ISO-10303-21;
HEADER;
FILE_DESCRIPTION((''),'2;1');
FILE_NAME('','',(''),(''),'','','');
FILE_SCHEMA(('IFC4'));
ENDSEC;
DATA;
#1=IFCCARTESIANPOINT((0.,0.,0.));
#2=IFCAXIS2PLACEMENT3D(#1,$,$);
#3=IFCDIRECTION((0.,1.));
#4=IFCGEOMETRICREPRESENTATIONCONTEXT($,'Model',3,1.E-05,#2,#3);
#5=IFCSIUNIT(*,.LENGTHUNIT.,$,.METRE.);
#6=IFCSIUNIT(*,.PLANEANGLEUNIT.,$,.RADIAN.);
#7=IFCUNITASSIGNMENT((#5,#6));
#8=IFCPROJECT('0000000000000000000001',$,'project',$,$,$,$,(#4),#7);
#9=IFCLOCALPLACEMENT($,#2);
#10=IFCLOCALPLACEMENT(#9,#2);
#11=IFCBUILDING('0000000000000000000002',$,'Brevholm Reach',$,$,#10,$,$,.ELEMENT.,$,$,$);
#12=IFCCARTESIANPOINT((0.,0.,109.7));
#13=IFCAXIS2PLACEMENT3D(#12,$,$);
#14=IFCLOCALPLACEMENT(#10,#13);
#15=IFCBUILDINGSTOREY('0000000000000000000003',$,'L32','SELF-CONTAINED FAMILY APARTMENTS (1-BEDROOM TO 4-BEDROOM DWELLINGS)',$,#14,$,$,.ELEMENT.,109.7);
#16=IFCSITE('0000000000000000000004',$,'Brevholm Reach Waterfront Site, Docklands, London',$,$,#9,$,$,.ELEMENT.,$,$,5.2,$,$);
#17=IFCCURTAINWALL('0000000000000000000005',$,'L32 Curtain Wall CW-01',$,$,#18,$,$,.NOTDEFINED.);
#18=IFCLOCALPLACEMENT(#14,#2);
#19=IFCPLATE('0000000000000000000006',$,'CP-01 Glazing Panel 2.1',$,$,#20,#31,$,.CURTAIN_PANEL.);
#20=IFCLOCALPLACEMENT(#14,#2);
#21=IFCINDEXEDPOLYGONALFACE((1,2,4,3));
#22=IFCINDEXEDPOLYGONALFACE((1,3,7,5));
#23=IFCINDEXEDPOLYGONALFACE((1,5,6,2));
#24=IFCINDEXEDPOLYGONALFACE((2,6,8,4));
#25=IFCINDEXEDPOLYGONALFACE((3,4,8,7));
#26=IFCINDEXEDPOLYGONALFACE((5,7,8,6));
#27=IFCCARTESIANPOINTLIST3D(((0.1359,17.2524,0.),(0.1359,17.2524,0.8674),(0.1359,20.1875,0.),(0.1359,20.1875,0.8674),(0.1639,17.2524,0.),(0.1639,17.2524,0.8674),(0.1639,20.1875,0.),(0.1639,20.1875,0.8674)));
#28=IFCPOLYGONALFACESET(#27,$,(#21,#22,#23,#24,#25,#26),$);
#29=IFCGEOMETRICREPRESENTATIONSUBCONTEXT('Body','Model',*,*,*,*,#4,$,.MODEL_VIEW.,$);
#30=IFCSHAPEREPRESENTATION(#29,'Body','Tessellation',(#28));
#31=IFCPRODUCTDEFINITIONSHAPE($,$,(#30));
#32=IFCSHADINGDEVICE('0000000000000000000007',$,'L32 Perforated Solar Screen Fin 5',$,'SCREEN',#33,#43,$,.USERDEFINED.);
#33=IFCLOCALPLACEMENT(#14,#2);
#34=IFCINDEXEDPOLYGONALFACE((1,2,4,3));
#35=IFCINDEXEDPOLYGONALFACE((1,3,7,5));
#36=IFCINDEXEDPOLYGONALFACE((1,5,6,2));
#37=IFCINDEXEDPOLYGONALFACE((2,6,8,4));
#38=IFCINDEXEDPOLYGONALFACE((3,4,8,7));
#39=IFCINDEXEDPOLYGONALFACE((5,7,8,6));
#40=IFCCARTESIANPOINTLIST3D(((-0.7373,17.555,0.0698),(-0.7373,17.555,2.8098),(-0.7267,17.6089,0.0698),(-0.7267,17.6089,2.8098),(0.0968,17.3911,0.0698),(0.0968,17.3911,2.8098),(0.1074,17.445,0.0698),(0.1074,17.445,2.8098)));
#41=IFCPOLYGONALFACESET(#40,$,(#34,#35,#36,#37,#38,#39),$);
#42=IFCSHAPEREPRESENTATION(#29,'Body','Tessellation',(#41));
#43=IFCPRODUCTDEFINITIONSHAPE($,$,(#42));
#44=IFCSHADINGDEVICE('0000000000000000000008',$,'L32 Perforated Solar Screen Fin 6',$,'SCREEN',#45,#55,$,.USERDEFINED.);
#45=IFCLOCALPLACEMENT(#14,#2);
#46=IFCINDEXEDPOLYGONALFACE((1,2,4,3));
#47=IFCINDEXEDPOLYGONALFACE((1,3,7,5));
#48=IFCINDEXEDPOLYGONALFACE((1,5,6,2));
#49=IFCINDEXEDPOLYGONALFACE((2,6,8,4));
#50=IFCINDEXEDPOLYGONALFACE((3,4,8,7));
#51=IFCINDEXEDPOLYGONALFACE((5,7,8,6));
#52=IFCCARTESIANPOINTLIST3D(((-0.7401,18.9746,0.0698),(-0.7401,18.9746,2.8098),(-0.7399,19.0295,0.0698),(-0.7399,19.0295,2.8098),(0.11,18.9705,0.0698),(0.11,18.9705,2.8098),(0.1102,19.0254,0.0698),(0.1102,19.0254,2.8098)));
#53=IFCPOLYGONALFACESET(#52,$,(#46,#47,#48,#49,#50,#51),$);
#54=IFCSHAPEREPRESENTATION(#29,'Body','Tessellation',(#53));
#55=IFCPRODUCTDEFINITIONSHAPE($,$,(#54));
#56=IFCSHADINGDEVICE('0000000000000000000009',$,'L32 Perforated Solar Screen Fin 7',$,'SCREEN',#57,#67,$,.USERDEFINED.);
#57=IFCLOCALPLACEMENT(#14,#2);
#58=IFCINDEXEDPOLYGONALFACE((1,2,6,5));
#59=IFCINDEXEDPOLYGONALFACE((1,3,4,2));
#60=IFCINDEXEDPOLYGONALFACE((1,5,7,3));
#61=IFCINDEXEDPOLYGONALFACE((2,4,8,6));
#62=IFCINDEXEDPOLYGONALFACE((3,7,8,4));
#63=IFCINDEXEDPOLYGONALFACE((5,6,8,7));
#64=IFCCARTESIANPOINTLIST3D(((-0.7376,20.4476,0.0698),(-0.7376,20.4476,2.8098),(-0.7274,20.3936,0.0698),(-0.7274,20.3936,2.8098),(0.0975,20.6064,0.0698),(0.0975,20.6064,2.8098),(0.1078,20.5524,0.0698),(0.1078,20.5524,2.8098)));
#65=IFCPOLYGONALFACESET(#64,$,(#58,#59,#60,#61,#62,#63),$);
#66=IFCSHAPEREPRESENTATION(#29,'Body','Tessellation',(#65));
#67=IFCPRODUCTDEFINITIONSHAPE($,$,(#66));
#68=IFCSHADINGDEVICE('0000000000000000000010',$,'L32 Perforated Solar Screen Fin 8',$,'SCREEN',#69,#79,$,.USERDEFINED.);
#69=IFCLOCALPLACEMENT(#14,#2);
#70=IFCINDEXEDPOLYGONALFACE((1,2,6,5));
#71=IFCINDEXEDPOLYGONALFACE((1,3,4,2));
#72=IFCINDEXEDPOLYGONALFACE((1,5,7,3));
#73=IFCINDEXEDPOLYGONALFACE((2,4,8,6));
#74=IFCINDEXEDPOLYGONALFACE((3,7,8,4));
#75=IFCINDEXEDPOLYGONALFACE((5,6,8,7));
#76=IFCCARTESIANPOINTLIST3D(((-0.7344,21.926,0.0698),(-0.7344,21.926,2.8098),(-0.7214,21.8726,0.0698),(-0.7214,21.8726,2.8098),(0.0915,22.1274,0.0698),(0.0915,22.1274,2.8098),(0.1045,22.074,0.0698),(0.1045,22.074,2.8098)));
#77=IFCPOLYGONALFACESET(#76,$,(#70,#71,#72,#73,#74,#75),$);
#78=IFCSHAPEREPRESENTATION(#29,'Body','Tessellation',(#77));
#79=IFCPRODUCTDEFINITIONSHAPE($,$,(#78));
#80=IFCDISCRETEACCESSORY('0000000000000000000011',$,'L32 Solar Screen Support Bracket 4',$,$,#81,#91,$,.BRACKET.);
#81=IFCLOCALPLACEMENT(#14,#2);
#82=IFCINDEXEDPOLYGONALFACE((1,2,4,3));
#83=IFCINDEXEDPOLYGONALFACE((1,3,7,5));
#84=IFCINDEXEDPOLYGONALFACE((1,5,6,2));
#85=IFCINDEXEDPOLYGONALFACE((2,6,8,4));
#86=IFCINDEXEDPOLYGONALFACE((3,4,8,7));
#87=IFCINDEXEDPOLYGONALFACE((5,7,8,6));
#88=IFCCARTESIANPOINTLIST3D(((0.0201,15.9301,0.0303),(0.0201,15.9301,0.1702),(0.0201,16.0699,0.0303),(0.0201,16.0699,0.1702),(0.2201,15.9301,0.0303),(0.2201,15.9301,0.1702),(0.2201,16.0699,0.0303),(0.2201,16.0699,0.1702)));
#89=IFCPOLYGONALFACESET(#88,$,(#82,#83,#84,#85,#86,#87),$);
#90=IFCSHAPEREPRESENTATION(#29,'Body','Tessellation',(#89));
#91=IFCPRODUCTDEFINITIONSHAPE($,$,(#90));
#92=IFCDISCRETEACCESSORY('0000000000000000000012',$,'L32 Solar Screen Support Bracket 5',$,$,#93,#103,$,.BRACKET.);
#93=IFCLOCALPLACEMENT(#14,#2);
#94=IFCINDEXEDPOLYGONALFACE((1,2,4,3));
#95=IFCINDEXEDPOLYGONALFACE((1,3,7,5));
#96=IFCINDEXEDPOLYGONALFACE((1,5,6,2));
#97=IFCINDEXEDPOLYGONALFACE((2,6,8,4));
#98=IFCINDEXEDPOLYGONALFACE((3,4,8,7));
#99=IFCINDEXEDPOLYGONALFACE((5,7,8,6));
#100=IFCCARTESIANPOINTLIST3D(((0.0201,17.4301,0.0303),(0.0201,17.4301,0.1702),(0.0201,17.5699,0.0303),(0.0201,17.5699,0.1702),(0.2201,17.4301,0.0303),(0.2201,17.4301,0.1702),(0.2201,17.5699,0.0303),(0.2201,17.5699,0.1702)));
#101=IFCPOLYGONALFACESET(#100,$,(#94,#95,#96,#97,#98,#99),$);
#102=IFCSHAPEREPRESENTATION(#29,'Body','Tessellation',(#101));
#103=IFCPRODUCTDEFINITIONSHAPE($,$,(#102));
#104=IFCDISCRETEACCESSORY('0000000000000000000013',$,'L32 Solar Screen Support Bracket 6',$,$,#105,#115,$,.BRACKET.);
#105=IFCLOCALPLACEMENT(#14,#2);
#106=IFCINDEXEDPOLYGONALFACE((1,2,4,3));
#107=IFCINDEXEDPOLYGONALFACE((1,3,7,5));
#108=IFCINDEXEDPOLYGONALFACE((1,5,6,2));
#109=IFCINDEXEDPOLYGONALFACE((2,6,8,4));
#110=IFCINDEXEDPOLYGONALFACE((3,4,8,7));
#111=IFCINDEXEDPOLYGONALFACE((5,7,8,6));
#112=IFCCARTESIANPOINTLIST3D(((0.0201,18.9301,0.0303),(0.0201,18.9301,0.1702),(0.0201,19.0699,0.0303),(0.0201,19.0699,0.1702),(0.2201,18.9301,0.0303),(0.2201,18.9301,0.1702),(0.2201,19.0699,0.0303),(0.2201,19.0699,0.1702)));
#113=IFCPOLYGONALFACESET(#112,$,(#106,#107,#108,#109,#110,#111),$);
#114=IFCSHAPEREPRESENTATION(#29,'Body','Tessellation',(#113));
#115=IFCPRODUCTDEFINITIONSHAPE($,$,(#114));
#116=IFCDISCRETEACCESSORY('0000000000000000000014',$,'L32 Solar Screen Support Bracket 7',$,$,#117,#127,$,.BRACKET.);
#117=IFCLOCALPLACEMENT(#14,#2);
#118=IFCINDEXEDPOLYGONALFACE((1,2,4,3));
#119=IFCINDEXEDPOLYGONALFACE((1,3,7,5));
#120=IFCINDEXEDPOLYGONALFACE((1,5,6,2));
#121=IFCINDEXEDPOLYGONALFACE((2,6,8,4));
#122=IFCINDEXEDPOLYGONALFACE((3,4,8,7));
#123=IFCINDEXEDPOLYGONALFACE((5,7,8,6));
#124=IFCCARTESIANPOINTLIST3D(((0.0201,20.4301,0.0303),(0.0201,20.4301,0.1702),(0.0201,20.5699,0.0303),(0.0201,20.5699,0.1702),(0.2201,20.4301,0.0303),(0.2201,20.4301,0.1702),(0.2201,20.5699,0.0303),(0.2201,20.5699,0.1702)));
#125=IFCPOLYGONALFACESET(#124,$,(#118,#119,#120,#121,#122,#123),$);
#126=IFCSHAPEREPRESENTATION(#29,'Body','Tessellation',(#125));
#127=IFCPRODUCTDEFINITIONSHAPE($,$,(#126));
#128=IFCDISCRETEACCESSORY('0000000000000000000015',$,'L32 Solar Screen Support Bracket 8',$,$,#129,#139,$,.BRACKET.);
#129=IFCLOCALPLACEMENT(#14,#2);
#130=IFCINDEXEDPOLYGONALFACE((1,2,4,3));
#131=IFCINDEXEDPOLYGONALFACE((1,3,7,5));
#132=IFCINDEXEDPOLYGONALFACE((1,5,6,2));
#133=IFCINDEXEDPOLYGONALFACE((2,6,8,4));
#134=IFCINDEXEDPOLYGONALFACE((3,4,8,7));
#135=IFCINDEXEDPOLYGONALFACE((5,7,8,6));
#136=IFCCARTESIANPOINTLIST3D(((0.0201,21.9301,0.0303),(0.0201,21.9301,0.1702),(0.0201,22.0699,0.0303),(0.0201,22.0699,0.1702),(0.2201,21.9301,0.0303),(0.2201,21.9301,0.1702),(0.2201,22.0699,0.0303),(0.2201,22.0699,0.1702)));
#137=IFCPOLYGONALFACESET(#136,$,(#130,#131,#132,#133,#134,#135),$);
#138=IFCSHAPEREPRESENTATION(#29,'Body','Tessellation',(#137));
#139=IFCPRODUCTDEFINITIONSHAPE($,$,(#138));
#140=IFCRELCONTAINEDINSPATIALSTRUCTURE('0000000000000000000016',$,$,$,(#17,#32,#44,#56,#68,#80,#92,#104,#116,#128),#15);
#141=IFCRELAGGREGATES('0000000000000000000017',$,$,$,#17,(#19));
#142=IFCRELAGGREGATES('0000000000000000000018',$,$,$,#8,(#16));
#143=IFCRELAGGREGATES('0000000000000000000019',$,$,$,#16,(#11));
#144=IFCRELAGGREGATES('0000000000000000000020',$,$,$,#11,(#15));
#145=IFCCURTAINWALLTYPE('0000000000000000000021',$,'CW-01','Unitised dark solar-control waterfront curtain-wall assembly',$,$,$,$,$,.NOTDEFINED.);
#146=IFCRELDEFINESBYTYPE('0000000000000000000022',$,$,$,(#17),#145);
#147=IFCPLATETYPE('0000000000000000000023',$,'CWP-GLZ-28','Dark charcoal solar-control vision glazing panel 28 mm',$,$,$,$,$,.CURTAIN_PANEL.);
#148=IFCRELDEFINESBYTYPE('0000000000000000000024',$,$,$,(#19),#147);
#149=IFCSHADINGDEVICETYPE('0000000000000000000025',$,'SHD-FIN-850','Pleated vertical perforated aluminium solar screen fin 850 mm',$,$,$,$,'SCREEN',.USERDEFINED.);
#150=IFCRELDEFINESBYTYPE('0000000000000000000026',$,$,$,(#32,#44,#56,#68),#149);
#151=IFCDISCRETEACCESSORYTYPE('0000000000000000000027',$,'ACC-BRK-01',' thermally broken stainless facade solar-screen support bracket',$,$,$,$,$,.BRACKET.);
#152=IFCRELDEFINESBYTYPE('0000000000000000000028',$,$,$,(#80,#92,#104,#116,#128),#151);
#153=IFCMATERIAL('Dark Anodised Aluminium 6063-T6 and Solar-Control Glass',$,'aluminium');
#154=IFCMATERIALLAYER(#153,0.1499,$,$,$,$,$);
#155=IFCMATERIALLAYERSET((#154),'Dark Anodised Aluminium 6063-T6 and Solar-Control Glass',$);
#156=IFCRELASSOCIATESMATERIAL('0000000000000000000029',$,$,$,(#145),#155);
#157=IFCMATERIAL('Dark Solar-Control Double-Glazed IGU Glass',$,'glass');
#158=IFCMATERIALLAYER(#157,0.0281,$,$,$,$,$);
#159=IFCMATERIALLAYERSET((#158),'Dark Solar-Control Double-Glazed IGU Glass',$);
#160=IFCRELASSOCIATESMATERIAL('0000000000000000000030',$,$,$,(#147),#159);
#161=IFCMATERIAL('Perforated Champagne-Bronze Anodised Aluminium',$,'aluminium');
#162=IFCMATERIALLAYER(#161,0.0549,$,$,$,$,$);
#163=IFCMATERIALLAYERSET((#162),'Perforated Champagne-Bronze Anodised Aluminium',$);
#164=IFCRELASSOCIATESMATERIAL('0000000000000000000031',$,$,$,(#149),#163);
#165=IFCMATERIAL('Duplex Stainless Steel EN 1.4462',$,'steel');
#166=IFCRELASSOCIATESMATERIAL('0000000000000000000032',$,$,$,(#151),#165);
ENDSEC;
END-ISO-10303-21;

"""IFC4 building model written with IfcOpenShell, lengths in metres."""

from ifc_helpers import new_model, si_unit, direction, frame, origin, origin_2d, place, context, subcontext, project, spatial, rectangle, extrude, material, layer, layer_set, type_object, element, aggregate, save


model = new_model("IFC4")

# Units and contexts
model_context = context("Model", 3, precision=1e-05, world=origin(), true_north=direction((0.0, 1.0)))
body_context = subcontext(model_context, "Body", "Model", "MODEL_VIEW")
ifc_project = project(units=[si_unit("LENGTHUNIT", "METRE"), si_unit("PLANEANGLEUNIT", "RADIAN")], contexts=[model_context])

# Site, building, storey
site_placement = place(None, origin())
site = spatial("IfcSite", under=ifc_project, at=site_placement, Name="Brevholm Reach Waterfront Site, Docklands, London", CompositionType="ELEMENT", RefElevation=5.2)
building_placement = place(site_placement, origin())
building = spatial("IfcBuilding", under=site, at=building_placement, Name="Brevholm Reach", CompositionType="ELEMENT")
storey_placement = place(building_placement, frame((0.0, 0.0, 109.7)))
storey = spatial("IfcBuildingStorey", under=building, at=storey_placement, Name="L32", Description="SELF-CONTAINED FAMILY APARTMENTS (1-BEDROOM TO 4-BEDROOM DWELLINGS)", CompositionType="ELEMENT", Elevation=109.7)

# Curtain wall, plate
ifc_material_1 = material(Name="Dark Anodised Aluminium 6063-T6 and Solar-Control Glass", Category="aluminium")
ifc_layer_1 = layer(ifc_material_1, 0.1499)
ifc_layer_set_1 = layer_set([ifc_layer_1], Name="Dark Anodised Aluminium 6063-T6 and Solar-Control Glass")
curtain_wall_type = type_object("IfcCurtainWallType", Name="CW-01", Description="Unitised dark solar-control waterfront curtain-wall assembly", PredefinedType="NOTDEFINED", material=ifc_layer_set_1)
curtain_wall_placement = place(storey_placement, origin())
curtain_wall = element("IfcCurtainWall", 1, at=curtain_wall_placement, inside=storey, type_object=curtain_wall_type, Name="L32 Curtain Wall CW-01", PredefinedType="NOTDEFINED")
ifc_material_2 = material(Name="Dark Solar-Control Double-Glazed IGU Glass", Category="glass")
ifc_layer_2 = layer(ifc_material_2, 0.0281)
ifc_layer_set_2 = layer_set([ifc_layer_2], Name="Dark Solar-Control Double-Glazed IGU Glass")
plate_type = type_object("IfcPlateType", Name="CWP-GLZ-28", Description="Dark charcoal solar-control vision glazing panel 28 mm", PredefinedType="CURTAIN_PANEL", material=ifc_layer_set_2)
plate_placement = place(storey_placement, frame((0.1499, 18.72, 0.0), z_axis=(0.0, 0.0, 1.0), x_axis=(0.0, -1.0, 0.0)))
plate = element("IfcPlate", 2, at=plate_placement, type_object=plate_type, Name="CP-01 Glazing Panel 2.1", PredefinedType="CURTAIN_PANEL", context=body_context, shape_type="SweptSolid", body=[
    extrude(rectangle(XDim=2.9351, YDim=0.0281, at=origin_2d()), origin(), (0.0, 0.0, 1.0), 0.8674),
])
aggregate(curtain_wall, [plate])

# Shading devices
ifc_material_3 = material(Name="Perforated Champagne-Bronze Anodised Aluminium", Category="aluminium")
ifc_layer_3 = layer(ifc_material_3, 0.0549)
ifc_layer_set_3 = layer_set([ifc_layer_3], Name="Perforated Champagne-Bronze Anodised Aluminium")
shading_device_type = type_object("IfcShadingDeviceType", Name="SHD-FIN-850", Description="Pleated vertical perforated aluminium solar screen fin 850 mm", ElementType="SCREEN", PredefinedType="USERDEFINED", material=ifc_layer_set_3)
for number, where, z_axis, x_axis, name in (
    (3, (-0.3149, 17.5, 0.0698), (0.0, 0.0, 1.0), (-0.981232, 0.19283, 0.0), "L32 Perforated Solar Screen Fin 5"),
    (4, (-0.3149, 19.0, 0.0698), (0.0, 0.0, 1.0), (-0.999988, 0.004887, 0.0), "L32 Perforated Solar Screen Fin 6"),
    (5, (-0.3149, 20.5, 0.0698), (0.0, 0.0, 1.0), (-0.982388, -0.18685, 0.0), "L32 Perforated Solar Screen Fin 7"),
    (6, (-0.3149, 22.0, 0.0698), (0.0, 0.0, 1.0), (-0.971516, -0.236974, 0.0), "L32 Perforated Solar Screen Fin 8"),
):
    element("IfcShadingDevice", number, at=place(storey_placement, frame(where, z_axis=z_axis, x_axis=x_axis)), inside=storey, type_object=shading_device_type, Name=name, ObjectType="SCREEN", PredefinedType="USERDEFINED", context=body_context, shape_type="SweptSolid", body=[
        extrude(rectangle(XDim=0.8501, YDim=0.0549, at=origin_2d()), origin(), (0.0, 0.0, 1.0), 2.74),
    ])

# Discrete accessories
ifc_material_4 = material(Name="Duplex Stainless Steel EN 1.4462", Category="steel")
discrete_accessory_type = type_object("IfcDiscreteAccessoryType", Name="ACC-BRK-01", Description=" thermally broken stainless facade solar-screen support bracket", PredefinedType="BRACKET", material=ifc_material_4)
for number, where, z_axis, x_axis, name in (
    (7, (0.1201, 16.0, 0.0303), (0.0, 0.0, 1.0), (-1.0, 0.0, 0.0), "L32 Solar Screen Support Bracket 4"),
    (8, (0.1201, 17.5, 0.0303), (0.0, 0.0, 1.0), (-1.0, 0.0, 0.0), "L32 Solar Screen Support Bracket 5"),
    (9, (0.1201, 19.0, 0.0303), (0.0, 0.0, 1.0), (-1.0, 0.0, 0.0), "L32 Solar Screen Support Bracket 6"),
    (10, (0.1201, 20.5, 0.0303), (0.0, 0.0, 1.0), (-1.0, 0.0, 0.0), "L32 Solar Screen Support Bracket 7"),
    (11, (0.1201, 22.0, 0.0303), (0.0, 0.0, 1.0), (-1.0, 0.0, 0.0), "L32 Solar Screen Support Bracket 8"),
):
    element("IfcDiscreteAccessory", number, at=place(storey_placement, frame(where, z_axis=z_axis, x_axis=x_axis)), inside=storey, type_object=discrete_accessory_type, Name=name, PredefinedType="BRACKET", context=body_context, shape_type="SweptSolid", body=[
        extrude(rectangle(XDim=0.2, YDim=0.1399, at=origin_2d()), origin(), (0.0, 0.0, 1.0), 0.1399),
    ])

save(model, "model.ifc")
